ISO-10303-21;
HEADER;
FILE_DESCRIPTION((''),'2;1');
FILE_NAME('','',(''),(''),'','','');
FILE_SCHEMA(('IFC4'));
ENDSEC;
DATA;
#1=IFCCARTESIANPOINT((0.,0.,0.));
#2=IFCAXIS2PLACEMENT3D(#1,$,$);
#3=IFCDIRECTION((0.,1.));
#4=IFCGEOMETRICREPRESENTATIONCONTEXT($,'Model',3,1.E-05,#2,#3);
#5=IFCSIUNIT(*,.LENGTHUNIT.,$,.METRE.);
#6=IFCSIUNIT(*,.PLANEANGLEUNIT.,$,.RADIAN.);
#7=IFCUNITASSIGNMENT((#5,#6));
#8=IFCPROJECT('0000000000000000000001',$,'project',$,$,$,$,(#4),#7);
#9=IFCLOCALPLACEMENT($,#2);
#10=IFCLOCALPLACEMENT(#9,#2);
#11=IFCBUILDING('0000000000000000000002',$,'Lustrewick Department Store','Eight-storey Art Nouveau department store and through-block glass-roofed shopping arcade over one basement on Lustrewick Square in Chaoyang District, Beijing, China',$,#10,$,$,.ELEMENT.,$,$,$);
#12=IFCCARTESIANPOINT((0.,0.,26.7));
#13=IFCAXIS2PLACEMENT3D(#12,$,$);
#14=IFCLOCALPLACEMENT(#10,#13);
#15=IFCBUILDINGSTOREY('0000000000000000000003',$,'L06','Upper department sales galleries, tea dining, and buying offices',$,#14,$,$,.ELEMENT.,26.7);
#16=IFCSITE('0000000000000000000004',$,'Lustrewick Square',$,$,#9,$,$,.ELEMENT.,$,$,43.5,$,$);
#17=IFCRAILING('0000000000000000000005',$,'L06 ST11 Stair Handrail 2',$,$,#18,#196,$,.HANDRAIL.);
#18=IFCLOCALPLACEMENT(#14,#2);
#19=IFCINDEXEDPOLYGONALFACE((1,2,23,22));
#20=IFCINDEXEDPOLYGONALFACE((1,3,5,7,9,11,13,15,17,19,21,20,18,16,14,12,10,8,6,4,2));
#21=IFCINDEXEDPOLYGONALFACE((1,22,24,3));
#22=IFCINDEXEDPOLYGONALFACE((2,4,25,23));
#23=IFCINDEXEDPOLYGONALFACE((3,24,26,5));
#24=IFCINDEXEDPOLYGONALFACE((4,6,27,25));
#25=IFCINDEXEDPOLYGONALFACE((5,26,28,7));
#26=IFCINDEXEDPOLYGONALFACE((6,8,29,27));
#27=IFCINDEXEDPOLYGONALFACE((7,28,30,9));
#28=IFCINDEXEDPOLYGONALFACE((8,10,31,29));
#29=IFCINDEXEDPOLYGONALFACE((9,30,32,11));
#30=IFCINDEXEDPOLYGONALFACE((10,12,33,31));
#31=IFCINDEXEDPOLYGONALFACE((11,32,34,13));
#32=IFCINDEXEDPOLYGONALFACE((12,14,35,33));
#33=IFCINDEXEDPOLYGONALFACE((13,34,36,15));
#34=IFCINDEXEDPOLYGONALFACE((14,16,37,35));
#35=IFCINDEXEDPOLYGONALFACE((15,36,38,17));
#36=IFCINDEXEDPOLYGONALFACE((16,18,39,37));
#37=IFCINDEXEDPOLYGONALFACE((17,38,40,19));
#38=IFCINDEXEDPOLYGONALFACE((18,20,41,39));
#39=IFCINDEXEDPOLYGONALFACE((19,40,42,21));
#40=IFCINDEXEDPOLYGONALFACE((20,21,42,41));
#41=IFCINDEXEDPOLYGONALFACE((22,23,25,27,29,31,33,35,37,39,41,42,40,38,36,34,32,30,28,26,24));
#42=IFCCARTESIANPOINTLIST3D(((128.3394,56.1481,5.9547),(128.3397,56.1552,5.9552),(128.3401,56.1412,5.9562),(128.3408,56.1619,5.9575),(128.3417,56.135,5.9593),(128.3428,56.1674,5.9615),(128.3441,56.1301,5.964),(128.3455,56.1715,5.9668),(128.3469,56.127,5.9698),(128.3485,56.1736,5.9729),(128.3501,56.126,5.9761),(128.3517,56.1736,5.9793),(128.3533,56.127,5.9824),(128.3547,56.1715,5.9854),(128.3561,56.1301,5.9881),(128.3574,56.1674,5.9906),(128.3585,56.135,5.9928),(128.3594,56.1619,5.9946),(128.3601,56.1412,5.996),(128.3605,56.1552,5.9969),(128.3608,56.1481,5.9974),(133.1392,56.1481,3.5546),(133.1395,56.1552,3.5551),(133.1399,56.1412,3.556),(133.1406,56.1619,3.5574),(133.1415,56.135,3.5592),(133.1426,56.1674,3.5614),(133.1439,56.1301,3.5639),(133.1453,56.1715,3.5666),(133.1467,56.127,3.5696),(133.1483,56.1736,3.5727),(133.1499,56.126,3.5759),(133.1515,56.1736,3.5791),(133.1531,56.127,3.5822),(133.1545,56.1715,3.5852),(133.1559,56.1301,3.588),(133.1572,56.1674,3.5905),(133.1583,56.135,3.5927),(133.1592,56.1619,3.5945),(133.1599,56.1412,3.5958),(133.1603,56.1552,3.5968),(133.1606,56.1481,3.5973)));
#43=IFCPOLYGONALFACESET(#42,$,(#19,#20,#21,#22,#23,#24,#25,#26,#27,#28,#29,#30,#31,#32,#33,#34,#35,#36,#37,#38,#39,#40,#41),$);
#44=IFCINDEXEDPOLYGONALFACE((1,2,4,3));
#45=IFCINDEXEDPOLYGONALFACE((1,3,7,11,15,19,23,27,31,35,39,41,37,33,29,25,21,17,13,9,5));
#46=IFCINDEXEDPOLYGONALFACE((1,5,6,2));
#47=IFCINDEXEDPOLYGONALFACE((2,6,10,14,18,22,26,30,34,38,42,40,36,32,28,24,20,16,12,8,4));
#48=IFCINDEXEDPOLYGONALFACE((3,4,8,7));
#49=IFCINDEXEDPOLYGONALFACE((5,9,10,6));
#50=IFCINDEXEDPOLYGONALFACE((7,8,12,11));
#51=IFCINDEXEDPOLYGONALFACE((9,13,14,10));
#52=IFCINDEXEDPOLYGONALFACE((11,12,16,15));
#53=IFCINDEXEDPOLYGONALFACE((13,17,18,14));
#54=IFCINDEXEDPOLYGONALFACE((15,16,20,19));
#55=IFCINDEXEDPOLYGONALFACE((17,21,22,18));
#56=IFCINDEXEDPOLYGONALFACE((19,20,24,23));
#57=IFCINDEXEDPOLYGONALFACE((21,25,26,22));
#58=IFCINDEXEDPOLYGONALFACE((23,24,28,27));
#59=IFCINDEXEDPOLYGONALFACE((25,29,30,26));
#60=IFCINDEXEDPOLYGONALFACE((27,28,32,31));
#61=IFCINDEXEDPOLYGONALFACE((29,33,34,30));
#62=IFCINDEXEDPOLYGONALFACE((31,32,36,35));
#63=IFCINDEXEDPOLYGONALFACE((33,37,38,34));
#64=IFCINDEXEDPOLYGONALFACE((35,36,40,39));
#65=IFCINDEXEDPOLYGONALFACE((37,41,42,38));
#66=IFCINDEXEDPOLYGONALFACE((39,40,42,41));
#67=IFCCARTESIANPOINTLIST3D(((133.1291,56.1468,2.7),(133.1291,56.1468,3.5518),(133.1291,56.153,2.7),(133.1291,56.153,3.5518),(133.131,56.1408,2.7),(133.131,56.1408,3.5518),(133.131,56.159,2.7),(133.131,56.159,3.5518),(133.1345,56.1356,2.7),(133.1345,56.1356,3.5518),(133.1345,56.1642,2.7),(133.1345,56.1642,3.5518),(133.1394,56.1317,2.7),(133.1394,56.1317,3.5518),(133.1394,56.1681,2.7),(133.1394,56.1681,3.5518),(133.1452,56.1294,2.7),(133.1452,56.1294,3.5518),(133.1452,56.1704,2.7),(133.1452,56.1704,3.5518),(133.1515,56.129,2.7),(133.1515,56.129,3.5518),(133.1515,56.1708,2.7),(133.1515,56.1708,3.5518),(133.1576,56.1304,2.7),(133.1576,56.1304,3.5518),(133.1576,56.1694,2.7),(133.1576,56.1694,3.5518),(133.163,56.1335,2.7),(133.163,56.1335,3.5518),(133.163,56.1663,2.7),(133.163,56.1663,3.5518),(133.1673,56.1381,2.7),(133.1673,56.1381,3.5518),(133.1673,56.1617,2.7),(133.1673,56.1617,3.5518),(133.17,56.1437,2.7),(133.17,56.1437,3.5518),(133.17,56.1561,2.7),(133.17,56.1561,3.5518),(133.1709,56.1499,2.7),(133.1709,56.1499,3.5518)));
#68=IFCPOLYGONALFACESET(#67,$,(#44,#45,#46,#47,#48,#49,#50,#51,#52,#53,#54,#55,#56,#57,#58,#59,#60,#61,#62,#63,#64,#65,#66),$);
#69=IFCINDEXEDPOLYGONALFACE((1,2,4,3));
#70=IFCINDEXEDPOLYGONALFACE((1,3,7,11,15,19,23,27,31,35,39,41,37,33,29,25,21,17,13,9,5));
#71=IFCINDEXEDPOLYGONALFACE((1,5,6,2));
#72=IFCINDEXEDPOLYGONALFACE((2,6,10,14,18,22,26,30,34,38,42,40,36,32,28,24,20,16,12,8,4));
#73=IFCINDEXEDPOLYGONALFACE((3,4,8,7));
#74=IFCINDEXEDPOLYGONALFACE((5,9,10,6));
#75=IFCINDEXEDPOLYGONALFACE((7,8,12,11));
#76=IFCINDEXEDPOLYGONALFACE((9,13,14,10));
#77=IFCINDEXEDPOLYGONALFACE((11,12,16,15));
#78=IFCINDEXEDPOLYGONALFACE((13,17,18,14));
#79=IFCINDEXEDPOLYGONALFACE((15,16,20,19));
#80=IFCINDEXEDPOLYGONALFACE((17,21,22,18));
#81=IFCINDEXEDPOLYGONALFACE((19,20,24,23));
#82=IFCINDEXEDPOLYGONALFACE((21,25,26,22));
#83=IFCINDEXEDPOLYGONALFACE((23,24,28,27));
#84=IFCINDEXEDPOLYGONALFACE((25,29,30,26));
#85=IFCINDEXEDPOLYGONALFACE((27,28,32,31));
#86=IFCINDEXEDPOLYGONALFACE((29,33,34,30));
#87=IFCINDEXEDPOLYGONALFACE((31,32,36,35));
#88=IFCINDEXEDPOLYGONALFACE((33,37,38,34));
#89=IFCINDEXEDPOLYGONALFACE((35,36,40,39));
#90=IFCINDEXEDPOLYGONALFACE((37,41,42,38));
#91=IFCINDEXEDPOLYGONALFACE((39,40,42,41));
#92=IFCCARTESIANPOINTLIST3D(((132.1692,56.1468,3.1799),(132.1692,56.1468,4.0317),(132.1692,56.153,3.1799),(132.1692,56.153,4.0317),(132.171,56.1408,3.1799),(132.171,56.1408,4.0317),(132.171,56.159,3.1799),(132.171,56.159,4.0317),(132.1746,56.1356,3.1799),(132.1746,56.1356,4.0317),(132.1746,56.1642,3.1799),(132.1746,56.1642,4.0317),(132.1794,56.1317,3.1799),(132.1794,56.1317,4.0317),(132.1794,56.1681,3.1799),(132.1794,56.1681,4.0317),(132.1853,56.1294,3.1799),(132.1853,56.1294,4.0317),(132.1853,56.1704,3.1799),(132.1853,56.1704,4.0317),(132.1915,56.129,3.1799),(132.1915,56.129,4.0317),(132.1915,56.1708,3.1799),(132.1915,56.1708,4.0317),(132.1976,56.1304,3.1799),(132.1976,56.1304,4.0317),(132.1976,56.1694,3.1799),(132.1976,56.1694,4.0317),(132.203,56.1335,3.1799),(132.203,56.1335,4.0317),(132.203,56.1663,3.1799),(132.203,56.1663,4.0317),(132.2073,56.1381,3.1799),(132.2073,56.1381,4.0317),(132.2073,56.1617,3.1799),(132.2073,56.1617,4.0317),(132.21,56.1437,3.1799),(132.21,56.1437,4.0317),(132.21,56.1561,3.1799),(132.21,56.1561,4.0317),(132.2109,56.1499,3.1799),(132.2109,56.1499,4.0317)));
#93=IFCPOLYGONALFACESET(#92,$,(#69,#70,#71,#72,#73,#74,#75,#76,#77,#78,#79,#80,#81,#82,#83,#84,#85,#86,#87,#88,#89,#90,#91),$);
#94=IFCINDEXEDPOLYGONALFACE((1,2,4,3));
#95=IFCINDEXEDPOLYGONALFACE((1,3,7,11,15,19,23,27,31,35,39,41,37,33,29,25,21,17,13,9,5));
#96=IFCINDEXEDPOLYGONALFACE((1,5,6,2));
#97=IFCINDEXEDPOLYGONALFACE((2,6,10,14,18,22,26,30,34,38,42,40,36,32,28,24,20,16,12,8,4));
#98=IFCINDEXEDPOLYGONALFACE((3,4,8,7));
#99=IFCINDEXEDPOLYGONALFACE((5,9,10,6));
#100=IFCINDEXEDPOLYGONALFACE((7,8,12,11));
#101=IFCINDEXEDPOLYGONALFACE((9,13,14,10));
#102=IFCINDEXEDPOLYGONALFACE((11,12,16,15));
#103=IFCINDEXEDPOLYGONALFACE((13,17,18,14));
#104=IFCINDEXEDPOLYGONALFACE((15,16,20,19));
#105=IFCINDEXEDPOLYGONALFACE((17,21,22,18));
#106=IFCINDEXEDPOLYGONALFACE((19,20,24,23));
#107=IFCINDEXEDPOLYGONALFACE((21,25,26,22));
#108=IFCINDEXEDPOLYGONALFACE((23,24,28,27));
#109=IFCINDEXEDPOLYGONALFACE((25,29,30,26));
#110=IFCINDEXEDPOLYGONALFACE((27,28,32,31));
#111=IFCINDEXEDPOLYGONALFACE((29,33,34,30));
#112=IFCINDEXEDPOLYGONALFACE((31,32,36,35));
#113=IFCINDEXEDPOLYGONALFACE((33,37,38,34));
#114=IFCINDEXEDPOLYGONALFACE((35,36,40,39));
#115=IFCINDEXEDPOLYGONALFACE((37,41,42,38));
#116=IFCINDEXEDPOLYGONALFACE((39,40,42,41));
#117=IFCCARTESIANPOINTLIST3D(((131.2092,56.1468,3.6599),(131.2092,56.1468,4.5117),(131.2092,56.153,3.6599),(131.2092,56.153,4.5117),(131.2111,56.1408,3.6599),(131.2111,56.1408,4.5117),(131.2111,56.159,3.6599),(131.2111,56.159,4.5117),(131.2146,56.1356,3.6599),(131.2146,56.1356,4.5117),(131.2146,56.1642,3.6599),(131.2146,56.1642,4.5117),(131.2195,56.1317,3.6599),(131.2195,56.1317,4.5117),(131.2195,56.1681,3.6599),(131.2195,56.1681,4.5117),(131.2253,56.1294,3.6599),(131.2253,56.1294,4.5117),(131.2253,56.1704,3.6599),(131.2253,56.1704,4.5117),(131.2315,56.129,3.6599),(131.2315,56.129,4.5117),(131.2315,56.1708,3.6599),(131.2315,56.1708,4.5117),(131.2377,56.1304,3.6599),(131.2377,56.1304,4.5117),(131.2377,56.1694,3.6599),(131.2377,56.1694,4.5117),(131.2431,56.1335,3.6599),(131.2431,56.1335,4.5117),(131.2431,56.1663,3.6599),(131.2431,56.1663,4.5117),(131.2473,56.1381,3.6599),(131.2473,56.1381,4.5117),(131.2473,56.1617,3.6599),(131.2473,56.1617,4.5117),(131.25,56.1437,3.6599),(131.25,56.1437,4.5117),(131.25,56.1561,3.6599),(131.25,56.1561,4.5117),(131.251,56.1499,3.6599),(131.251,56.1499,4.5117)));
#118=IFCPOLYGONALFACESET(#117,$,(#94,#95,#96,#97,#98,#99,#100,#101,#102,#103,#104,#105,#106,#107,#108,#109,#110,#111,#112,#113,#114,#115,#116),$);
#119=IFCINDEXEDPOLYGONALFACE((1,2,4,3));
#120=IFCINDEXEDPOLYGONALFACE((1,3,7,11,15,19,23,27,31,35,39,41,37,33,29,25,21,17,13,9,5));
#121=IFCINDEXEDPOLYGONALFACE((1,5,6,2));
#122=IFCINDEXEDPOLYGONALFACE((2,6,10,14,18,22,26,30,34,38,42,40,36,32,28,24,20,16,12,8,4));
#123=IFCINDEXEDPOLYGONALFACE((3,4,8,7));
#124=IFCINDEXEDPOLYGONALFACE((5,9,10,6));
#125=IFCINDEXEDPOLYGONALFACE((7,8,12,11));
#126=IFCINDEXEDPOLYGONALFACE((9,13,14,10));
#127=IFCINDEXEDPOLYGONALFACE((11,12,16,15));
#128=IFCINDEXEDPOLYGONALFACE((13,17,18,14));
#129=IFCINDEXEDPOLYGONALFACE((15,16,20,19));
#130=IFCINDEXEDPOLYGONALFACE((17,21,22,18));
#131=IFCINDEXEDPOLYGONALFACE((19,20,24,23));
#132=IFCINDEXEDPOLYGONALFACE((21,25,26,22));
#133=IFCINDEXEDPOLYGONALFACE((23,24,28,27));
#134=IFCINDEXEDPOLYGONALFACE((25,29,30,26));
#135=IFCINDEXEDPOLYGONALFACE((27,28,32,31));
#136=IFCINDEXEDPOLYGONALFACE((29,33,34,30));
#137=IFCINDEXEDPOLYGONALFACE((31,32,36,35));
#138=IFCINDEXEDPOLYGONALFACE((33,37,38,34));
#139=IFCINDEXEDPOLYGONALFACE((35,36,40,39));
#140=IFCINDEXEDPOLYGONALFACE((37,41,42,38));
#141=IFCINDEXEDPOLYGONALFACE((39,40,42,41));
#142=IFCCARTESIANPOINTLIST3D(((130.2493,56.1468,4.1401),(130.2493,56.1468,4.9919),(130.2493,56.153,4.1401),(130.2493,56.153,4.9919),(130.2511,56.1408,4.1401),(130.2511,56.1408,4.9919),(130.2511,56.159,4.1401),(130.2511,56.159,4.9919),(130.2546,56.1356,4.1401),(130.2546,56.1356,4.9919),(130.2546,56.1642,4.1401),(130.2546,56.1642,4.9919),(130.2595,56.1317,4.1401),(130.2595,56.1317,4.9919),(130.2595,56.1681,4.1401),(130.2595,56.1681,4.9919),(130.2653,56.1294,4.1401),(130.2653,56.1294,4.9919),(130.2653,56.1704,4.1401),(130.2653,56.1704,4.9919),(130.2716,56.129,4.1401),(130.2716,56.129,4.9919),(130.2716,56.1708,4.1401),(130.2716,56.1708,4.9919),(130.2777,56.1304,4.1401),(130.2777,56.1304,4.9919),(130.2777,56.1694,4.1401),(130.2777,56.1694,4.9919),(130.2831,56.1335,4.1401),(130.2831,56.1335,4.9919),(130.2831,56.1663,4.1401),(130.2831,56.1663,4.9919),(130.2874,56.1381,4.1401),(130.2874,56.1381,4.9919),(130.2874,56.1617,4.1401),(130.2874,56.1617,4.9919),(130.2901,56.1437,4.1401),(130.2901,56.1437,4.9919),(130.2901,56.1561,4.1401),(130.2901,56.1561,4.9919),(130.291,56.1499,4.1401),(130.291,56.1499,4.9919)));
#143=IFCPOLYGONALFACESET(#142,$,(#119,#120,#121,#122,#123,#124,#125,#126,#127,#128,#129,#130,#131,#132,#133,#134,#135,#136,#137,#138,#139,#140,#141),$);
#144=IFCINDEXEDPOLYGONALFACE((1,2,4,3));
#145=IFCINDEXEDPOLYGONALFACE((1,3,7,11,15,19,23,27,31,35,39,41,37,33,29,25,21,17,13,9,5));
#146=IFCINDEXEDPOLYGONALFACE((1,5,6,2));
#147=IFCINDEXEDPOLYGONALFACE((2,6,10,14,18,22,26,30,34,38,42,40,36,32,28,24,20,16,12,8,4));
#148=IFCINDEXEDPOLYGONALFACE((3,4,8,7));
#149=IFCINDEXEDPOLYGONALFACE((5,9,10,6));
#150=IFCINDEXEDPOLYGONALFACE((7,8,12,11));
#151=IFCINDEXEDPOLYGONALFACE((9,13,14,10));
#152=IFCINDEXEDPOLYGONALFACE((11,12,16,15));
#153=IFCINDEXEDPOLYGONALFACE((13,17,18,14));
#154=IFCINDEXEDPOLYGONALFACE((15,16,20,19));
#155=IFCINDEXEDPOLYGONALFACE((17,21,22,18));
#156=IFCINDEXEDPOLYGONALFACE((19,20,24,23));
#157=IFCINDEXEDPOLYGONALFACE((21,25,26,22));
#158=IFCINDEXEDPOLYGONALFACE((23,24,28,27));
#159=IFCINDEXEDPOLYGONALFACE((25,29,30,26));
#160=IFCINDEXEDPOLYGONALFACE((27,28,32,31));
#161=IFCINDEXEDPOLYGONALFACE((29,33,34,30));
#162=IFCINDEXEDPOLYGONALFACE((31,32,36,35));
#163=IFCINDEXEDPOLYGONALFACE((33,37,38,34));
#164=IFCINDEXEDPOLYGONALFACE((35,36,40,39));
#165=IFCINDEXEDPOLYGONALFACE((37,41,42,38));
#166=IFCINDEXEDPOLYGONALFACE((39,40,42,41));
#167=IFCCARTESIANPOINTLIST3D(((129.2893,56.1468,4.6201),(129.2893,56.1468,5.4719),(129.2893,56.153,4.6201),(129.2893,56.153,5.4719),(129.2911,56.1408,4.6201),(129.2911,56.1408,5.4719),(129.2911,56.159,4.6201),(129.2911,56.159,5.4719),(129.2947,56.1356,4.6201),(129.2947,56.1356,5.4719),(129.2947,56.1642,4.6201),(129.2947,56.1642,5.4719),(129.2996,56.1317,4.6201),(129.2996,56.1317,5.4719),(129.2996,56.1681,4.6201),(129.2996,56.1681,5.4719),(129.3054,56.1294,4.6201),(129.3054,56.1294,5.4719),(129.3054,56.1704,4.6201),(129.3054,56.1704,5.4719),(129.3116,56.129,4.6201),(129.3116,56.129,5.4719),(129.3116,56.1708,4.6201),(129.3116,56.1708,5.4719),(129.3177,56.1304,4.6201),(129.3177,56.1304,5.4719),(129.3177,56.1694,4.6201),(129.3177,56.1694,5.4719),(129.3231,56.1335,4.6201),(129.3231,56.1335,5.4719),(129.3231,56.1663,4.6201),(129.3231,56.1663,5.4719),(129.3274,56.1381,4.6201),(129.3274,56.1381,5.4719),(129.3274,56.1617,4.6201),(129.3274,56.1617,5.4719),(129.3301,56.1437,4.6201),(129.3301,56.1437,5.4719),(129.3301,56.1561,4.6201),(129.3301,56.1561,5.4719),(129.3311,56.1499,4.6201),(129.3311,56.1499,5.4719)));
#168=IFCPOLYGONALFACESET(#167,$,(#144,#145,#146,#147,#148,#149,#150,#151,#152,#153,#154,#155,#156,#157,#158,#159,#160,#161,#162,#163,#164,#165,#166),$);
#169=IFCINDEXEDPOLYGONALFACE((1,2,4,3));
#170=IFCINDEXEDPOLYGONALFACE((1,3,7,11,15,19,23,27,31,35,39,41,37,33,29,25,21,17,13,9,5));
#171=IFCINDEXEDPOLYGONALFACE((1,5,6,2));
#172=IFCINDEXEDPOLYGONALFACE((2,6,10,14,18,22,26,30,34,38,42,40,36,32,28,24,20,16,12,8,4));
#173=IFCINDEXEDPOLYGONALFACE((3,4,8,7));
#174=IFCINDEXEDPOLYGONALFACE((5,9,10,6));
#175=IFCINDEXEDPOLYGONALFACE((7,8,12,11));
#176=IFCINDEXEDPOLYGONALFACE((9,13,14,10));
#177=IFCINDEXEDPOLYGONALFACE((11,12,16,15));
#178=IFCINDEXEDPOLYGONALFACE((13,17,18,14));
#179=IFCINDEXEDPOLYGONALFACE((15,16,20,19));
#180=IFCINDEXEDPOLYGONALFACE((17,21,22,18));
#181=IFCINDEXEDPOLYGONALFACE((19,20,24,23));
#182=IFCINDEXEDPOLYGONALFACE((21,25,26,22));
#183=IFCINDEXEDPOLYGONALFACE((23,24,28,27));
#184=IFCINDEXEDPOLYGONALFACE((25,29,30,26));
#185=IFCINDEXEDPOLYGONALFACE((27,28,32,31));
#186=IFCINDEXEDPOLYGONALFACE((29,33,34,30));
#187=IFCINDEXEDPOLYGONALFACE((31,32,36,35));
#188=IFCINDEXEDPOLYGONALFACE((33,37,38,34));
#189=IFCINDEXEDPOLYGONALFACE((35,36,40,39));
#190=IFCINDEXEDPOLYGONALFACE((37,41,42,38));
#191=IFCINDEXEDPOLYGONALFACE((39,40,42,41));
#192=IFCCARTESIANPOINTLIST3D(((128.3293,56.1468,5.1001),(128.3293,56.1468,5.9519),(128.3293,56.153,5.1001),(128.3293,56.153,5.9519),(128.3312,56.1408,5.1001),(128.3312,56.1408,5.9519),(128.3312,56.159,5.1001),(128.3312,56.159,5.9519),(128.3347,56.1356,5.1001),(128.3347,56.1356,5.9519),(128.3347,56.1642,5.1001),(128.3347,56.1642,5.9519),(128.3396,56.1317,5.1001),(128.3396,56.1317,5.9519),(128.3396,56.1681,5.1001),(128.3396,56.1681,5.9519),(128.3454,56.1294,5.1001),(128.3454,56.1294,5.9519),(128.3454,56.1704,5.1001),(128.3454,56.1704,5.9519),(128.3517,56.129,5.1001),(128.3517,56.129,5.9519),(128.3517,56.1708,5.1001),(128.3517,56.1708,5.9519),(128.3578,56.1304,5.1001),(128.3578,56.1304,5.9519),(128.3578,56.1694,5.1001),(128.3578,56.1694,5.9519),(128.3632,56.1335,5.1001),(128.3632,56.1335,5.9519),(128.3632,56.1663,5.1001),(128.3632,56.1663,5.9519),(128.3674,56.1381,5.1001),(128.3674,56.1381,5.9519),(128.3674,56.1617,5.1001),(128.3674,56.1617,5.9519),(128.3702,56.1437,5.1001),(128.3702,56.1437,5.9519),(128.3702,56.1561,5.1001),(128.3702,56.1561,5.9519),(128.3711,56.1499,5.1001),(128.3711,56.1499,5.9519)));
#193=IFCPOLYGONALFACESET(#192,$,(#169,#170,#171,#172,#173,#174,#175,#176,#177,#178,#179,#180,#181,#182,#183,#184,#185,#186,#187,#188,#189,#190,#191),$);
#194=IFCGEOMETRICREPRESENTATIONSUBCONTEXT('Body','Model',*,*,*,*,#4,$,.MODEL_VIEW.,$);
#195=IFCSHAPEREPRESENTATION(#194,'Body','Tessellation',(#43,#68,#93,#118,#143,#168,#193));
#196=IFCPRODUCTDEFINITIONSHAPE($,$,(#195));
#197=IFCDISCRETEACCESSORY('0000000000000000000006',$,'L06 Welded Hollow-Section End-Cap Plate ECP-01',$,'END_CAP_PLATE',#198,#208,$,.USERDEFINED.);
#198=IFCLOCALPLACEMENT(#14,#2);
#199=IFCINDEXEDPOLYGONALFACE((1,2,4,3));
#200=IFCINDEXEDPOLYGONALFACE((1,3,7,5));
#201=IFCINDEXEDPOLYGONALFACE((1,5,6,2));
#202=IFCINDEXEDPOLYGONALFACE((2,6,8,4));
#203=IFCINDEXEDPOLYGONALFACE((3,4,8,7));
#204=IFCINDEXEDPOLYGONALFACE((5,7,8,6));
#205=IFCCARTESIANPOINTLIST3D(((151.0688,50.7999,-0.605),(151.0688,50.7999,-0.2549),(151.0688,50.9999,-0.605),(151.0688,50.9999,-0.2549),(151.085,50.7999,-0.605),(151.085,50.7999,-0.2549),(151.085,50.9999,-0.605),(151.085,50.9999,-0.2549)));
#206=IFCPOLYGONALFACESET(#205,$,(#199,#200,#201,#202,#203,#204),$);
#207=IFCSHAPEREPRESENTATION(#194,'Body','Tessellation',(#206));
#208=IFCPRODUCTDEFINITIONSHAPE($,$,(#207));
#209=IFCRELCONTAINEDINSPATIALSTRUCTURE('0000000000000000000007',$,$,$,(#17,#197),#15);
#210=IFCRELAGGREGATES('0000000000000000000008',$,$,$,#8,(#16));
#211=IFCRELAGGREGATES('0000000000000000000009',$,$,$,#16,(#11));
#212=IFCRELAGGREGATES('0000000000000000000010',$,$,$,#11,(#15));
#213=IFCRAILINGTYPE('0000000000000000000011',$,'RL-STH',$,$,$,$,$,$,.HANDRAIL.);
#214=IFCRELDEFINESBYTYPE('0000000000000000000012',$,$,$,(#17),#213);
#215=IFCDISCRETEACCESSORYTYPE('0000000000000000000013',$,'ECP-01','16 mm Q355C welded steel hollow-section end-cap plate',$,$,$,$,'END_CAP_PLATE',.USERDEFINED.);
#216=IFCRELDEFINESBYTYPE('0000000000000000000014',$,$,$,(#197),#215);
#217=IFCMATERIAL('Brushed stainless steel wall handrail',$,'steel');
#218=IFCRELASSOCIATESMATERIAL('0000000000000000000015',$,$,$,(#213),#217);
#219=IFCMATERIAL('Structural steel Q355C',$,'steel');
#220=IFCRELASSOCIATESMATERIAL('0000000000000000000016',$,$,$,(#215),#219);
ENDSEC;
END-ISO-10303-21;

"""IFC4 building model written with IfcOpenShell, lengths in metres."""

from ifc_helpers import new_model, si_unit, direction, frame, origin, origin_2d, place, context, subcontext, project, spatial, rectangle, circle, extrude, material, type_object, element, save


model = new_model("IFC4")

# Units and contexts
model_context = context("Model", 3, precision=1e-05, world=origin(), true_north=direction((0.0, 1.0)))
body_context = subcontext(model_context, "Body", "Model", "MODEL_VIEW")
ifc_project = project(units=[si_unit("LENGTHUNIT", "METRE"), si_unit("PLANEANGLEUNIT", "RADIAN")], contexts=[model_context])

# Site, building, storey
site_placement = place(None, origin())
site = spatial("IfcSite", under=ifc_project, at=site_placement, Name="Lustrewick Square", CompositionType="ELEMENT", RefElevation=43.5)
building_placement = place(site_placement, origin())
building = spatial("IfcBuilding", under=site, at=building_placement, Name="Lustrewick Department Store", Description="Eight-storey Art Nouveau department store and through-block glass-roofed shopping arcade over one basement on Lustrewick Square in Chaoyang District, Beijing, China", CompositionType="ELEMENT")
storey_placement = place(building_placement, frame((0.0, 0.0, 26.7)))
storey = spatial("IfcBuildingStorey", under=building, at=storey_placement, Name="L06", Description="Upper department sales galleries, tea dining, and buying offices", CompositionType="ELEMENT", Elevation=26.7)

# Shared definitions
ifc_material_1 = material(Name="Structural steel Q355C", Category="steel")

# Railing
ifc_material_2 = material(Name="Brushed stainless steel wall handrail", Category="steel")
railing_type_1 = type_object("IfcRailingType", Name="RL-STH", PredefinedType="HANDRAIL", material=ifc_material_2)
railing_1_placement = place(storey_placement, frame((133.1499, 56.1499, 2.7)))
element("IfcRailing", 1, at=railing_1_placement, inside=storey, type_object=railing_type_1, Name="L06 ST11 Stair Handrail 2", PredefinedType="HANDRAIL", context=body_context, shape_type="SweptSolid", body=[
    extrude(circle(Radius=0.0239, at=origin_2d()), frame((0.0, 0.0, 0.876), z_axis=(-0.894409, 0.0, 0.44725), x_axis=(0.0, -1.0, 0.0)), (0.0, 0.0, 1.0), 5.3665),
    extrude(circle(Radius=0.021, at=origin_2d()), origin(), (0.0, 0.0, 1.0), 0.8518),
    extrude(circle(Radius=0.021, at=origin_2d()), frame((-0.96, 0.0, 0.48)), (0.0, 0.0, 1.0), 0.8518),
    extrude(circle(Radius=0.021, at=origin_2d()), frame((-1.9199, 0.0, 0.96)), (0.0, 0.0, 1.0), 0.8518),
    extrude(circle(Radius=0.021, at=origin_2d()), frame((-2.8799, 0.0, 1.4402)), (0.0, 0.0, 1.0), 0.8518),
    extrude(circle(Radius=0.021, at=origin_2d()), frame((-3.8398, 0.0, 1.9202)), (0.0, 0.0, 1.0), 0.8518),
    extrude(circle(Radius=0.021, at=origin_2d()), frame((-4.7998, 0.0, 2.4001)), (0.0, 0.0, 1.0), 0.8518),
])

# Discrete accessory
discrete_accessory_type = type_object("IfcDiscreteAccessoryType", Name="ECP-01", Description="16 mm Q355C welded steel hollow-section end-cap plate", ElementType="END_CAP_PLATE", PredefinedType="USERDEFINED", material=ifc_material_1)
for number, where, z_axis, x_axis, name in (
    (2, (151.0688, 50.8999, -0.4299), (1.0, 0.0, 0.0), (0.0, 1.0, 0.0), "L06 Welded Hollow-Section End-Cap Plate ECP-01"),
):
    element("IfcDiscreteAccessory", number, at=place(storey_placement, frame(where, z_axis=z_axis, x_axis=x_axis)), inside=storey, type_object=discrete_accessory_type, Name=name, ObjectType="END_CAP_PLATE", PredefinedType="USERDEFINED", context=body_context, shape_type="SweptSolid", body=[
        extrude(rectangle(XDim=0.2, YDim=0.3501, at=origin_2d()), origin(), (0.0, 0.0, 1.0), 0.0161),
    ])

save(model, "model.ifc")
